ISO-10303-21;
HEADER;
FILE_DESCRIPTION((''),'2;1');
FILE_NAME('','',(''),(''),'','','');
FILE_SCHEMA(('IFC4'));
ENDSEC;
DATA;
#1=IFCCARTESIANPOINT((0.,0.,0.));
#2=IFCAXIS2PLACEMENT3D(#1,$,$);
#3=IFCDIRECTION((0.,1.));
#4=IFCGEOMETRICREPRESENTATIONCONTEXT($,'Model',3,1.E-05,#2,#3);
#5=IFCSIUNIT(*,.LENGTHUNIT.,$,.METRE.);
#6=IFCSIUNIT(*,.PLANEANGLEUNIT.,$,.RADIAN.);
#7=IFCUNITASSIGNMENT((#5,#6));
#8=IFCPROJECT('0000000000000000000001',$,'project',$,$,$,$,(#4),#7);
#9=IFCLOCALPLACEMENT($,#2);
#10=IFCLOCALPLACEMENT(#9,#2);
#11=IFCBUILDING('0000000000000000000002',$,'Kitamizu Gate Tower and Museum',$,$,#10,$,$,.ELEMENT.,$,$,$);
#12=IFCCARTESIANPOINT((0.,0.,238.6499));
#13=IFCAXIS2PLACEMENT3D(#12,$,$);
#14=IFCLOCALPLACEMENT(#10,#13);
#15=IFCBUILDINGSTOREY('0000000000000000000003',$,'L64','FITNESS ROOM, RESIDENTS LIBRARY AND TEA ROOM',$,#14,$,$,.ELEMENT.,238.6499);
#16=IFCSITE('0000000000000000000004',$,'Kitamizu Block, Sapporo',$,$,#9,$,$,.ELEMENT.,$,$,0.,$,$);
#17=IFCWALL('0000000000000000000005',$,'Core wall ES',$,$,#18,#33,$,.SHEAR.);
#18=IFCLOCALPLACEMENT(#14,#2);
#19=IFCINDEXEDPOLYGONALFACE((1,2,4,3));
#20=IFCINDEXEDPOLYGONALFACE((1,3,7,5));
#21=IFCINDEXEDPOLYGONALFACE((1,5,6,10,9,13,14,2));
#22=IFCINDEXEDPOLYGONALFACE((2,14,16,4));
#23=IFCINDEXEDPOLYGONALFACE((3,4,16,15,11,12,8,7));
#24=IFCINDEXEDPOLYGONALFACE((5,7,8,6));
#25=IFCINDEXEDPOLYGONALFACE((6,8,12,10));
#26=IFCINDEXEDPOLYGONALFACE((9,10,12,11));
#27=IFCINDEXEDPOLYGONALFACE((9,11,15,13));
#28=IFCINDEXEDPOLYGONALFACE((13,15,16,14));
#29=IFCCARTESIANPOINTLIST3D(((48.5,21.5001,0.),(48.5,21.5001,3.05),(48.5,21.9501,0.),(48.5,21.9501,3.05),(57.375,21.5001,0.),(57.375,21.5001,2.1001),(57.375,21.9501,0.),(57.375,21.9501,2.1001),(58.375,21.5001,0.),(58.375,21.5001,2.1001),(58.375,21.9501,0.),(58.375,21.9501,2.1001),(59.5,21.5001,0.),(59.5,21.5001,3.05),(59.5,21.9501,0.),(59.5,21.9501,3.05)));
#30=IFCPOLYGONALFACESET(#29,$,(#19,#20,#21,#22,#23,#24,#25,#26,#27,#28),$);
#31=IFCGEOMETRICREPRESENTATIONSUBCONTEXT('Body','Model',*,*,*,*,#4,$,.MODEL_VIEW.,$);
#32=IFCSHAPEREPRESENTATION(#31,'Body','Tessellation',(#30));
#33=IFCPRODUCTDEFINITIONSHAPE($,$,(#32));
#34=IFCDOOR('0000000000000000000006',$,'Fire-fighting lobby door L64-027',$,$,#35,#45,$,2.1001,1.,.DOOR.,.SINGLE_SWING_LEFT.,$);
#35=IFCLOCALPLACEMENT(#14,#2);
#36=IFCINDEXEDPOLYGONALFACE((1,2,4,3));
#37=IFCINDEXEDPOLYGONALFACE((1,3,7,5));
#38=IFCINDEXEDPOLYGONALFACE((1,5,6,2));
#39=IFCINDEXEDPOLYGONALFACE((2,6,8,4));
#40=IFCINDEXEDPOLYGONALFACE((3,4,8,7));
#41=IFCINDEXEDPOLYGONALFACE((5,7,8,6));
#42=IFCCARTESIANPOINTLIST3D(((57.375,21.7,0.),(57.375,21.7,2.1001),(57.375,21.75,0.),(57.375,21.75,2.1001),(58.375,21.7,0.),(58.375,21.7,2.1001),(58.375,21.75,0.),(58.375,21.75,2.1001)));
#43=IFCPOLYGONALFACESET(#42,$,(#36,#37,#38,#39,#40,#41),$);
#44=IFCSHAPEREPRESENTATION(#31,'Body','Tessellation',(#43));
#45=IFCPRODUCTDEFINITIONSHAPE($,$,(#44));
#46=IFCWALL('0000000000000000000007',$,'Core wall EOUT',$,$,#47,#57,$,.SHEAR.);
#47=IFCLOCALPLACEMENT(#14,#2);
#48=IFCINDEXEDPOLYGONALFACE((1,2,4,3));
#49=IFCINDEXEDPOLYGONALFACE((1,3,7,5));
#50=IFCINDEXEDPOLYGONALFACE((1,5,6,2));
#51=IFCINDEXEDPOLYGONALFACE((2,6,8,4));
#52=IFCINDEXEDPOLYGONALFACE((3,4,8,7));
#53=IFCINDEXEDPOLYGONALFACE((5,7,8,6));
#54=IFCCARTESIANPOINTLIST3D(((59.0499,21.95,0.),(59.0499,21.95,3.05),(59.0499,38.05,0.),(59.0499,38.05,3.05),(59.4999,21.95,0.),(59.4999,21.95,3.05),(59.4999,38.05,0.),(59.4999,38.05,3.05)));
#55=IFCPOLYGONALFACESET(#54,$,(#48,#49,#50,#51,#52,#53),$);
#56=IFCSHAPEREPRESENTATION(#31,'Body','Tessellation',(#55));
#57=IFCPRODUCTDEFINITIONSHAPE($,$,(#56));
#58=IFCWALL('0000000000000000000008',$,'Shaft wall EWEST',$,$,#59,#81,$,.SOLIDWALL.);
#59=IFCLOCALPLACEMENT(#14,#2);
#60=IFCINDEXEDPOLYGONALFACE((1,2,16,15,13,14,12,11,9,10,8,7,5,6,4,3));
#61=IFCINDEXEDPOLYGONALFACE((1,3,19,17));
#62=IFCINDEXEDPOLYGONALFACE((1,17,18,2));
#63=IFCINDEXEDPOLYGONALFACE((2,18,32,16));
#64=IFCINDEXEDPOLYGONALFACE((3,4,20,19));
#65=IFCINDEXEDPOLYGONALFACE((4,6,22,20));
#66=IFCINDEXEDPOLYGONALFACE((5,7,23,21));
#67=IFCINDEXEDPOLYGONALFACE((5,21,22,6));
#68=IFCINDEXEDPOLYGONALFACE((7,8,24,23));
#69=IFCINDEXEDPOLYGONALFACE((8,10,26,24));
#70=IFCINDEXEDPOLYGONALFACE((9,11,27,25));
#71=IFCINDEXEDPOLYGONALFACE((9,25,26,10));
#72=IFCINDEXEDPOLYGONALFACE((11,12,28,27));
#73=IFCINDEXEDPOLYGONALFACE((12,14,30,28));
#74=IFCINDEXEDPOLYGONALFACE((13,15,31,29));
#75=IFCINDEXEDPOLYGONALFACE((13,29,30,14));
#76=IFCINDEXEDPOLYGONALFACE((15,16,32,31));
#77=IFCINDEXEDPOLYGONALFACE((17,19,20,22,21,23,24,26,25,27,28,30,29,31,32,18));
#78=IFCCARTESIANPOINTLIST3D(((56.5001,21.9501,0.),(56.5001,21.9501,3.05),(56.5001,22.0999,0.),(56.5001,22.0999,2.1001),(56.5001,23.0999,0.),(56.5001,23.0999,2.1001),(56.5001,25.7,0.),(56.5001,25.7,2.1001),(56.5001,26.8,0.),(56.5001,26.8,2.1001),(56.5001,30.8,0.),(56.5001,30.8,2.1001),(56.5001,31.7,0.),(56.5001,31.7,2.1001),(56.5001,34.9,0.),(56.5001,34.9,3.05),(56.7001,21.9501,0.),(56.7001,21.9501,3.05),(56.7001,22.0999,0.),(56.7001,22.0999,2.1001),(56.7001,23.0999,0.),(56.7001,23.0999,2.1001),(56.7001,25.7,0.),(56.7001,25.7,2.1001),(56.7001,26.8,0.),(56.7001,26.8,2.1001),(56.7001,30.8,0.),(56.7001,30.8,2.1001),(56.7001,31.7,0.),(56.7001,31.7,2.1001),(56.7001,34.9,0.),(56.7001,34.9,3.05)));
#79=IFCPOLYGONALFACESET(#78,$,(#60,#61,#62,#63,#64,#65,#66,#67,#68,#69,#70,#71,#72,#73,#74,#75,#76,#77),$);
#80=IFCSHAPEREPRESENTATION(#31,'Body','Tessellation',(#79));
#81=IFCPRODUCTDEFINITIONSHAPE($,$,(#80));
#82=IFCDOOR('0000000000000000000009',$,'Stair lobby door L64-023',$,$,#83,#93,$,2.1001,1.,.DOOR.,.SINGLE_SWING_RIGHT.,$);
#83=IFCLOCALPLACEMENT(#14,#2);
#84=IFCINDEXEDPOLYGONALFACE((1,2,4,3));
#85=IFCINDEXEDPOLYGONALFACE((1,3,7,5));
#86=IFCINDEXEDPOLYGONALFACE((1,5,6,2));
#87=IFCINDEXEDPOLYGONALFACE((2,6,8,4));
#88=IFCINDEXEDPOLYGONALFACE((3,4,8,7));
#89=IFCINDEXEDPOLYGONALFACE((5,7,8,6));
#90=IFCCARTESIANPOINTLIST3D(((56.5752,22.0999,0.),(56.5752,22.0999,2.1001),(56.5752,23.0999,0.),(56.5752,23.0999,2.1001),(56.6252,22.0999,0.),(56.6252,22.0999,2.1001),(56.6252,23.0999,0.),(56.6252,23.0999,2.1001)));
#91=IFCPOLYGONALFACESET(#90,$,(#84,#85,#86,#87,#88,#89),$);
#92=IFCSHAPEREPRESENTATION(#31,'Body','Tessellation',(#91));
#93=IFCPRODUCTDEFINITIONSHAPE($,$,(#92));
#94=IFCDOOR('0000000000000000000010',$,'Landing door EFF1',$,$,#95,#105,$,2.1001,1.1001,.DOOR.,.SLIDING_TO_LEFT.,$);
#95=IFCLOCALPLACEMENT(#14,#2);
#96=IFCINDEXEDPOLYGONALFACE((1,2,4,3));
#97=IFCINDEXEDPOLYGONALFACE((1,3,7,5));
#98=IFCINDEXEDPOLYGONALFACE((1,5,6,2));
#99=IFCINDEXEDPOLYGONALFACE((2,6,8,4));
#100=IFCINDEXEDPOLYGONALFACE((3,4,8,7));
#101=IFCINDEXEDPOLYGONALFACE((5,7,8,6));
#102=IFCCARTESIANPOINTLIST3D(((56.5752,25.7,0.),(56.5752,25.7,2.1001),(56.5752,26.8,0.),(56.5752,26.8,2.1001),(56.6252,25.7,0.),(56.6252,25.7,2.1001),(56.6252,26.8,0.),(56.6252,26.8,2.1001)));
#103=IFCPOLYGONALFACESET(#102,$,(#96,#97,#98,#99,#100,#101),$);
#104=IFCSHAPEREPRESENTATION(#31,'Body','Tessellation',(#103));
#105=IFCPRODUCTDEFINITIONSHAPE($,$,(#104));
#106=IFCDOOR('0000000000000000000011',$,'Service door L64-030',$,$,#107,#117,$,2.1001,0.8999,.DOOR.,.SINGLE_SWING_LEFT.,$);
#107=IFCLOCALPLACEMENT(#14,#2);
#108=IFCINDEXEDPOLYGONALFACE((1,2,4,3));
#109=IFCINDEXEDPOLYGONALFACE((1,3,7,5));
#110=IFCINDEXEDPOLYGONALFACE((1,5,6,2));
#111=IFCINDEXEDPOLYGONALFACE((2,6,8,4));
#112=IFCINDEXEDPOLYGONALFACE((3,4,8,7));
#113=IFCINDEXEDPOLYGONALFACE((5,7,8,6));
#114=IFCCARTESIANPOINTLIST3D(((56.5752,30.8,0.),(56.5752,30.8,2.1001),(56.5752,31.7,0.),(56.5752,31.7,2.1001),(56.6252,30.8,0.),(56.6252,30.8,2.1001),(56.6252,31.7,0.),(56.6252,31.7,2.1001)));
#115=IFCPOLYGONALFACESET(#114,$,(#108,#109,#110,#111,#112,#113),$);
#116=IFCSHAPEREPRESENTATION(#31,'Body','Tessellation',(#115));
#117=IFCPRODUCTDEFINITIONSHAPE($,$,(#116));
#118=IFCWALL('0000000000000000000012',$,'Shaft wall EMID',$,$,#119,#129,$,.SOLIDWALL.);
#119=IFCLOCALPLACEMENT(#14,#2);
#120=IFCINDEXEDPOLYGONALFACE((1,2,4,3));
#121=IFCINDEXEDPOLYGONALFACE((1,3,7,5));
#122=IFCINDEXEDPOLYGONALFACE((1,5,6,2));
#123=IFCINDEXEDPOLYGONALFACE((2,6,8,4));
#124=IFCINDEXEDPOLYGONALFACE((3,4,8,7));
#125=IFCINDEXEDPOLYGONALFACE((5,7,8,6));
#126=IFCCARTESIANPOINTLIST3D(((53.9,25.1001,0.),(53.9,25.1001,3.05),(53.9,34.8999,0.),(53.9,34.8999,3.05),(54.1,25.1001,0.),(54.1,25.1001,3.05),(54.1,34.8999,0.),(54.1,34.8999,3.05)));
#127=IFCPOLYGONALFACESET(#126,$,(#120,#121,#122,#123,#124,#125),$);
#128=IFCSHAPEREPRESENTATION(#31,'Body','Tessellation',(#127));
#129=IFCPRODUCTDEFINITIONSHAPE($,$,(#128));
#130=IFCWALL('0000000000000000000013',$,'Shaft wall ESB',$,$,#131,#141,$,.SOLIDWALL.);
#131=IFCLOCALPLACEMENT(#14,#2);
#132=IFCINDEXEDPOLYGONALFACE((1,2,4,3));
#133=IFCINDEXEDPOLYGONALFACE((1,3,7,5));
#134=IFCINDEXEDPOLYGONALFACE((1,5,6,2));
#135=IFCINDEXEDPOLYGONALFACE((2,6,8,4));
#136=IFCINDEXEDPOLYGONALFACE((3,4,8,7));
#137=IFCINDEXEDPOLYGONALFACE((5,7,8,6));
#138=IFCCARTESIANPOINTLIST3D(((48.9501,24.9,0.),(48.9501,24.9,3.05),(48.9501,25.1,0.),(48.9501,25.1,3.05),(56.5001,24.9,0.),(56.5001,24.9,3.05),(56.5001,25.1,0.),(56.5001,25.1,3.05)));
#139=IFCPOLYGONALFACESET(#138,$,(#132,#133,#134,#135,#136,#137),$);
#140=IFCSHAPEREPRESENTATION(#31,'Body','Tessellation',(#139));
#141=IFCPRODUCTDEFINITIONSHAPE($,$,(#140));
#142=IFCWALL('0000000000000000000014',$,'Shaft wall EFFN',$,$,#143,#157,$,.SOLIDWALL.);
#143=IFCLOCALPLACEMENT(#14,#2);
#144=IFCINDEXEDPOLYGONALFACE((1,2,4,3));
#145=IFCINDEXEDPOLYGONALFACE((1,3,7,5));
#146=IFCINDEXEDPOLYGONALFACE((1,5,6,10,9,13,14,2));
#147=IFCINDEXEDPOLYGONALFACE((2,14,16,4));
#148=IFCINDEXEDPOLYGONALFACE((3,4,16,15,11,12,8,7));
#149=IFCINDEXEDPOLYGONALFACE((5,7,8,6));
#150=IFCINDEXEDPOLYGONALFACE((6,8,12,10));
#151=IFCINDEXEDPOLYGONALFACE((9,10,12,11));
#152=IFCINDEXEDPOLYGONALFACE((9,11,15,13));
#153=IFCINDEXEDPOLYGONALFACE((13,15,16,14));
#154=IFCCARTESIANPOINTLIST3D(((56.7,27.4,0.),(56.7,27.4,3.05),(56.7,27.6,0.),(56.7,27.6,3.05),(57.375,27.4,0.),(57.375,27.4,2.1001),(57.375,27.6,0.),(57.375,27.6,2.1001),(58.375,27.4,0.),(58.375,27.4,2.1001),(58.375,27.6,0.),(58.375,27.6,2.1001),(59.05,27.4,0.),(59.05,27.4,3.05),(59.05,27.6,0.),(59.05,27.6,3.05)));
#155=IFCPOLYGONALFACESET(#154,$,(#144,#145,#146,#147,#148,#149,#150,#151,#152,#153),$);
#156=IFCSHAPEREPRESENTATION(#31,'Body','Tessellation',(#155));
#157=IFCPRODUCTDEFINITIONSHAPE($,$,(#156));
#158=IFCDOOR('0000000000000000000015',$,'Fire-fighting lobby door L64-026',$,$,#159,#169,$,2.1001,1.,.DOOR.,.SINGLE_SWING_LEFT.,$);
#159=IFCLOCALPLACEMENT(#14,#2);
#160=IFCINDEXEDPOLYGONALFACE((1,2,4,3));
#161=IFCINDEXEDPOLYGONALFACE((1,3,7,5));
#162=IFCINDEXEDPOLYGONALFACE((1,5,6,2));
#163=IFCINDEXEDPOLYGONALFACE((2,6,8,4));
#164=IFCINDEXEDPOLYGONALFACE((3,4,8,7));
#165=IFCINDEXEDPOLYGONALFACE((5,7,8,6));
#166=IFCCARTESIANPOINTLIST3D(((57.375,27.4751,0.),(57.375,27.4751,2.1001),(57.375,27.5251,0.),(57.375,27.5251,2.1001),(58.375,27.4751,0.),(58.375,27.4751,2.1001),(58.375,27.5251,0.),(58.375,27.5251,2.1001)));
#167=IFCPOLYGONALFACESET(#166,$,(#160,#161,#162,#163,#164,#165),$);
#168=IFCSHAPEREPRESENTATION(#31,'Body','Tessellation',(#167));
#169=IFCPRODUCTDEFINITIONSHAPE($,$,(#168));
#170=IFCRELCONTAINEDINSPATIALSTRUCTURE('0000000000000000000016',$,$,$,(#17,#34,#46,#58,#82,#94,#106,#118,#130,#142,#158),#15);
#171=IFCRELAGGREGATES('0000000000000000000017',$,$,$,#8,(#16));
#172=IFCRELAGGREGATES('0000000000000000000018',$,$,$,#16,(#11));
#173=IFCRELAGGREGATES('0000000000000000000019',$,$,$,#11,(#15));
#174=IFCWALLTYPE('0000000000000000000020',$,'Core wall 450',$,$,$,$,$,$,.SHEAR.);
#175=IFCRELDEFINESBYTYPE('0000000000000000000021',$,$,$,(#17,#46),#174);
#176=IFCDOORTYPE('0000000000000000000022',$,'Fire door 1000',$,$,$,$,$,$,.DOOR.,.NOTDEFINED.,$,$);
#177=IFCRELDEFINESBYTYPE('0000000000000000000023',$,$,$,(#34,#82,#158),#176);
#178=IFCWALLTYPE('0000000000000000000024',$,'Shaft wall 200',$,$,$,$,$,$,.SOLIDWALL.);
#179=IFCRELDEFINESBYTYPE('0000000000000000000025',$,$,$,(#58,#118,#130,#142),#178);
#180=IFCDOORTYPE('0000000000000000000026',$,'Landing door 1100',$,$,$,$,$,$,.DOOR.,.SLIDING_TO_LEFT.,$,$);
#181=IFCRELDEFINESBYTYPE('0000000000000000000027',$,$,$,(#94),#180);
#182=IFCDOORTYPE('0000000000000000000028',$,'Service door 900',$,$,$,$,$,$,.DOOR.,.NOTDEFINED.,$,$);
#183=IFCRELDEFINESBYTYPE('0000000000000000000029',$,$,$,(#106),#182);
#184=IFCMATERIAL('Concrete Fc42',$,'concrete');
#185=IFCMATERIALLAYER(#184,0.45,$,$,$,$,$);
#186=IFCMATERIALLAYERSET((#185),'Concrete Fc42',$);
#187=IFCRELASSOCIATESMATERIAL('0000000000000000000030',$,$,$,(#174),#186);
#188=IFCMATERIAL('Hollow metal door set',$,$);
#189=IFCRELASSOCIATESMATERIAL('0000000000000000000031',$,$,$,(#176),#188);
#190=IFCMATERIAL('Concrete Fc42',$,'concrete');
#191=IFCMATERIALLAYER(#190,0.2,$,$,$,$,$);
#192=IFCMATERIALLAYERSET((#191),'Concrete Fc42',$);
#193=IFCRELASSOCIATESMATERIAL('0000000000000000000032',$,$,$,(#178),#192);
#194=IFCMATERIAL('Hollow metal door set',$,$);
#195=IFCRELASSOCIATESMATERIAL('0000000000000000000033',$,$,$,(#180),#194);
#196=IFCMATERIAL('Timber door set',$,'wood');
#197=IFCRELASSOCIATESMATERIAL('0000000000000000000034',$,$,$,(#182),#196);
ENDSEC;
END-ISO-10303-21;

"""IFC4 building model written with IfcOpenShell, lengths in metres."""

from ifc_helpers import new_model, si_unit, direction, frame, frame_2d, origin, place, context, subcontext, project, spatial, rectangle, extrude, material, layer, layer_set, type_object, element, fill, save


model = new_model("IFC4")

# Units and contexts
model_context = context("Model", 3, precision=1e-05, world=origin(), true_north=direction((0.0, 1.0)))
body_context = subcontext(model_context, "Body", "Model", "MODEL_VIEW")
ifc_project = project(units=[si_unit("LENGTHUNIT", "METRE"), si_unit("PLANEANGLEUNIT", "RADIAN")], contexts=[model_context])

# Site, building, storey
site_placement = place(None, origin())
site = spatial("IfcSite", under=ifc_project, at=site_placement, Name="Kitamizu Block, Sapporo", CompositionType="ELEMENT", RefElevation=0.0)
building_placement = place(site_placement, origin())
building = spatial("IfcBuilding", under=site, at=building_placement, Name="Kitamizu Gate Tower and Museum", CompositionType="ELEMENT")
storey_placement = place(building_placement, frame((0.0, 0.0, 238.6499)))
storey = spatial("IfcBuildingStorey", under=building, at=storey_placement, Name="L64", Description="FITNESS ROOM, RESIDENTS LIBRARY AND TEA ROOM", CompositionType="ELEMENT", Elevation=238.6499)

# Wall, opening, door
ifc_material_1 = material(Name="Concrete Fc42", Category="concrete")
ifc_layer_1 = layer(ifc_material_1, 0.45)
ifc_layer_set_1 = layer_set([ifc_layer_1], Name="Concrete Fc42")
wall_type_1 = type_object("IfcWallType", Name="Core wall 450", PredefinedType="SHEAR", material=ifc_layer_set_1)
wall_1_placement = place(storey_placement, frame((59.5, 21.7251, 0.0), z_axis=(0.0, 0.0, 1.0), x_axis=(-1.0, 0.0, 0.0)))
wall_1 = element("IfcWall", 1, at=wall_1_placement, inside=storey, type_object=wall_type_1, Name="Core wall ES", PredefinedType="SHEAR", context=body_context, shape_type="SweptSolid", body=[
    extrude(rectangle(XDim=11.0, YDim=0.45, at=frame_2d((5.5, 0.0))), origin(), (0.0, 0.0, 1.0), 3.05),
])
opening_1_placement = place(wall_1_placement, frame((1.125, 0.0, 0.0)))
opening_1 = element("IfcOpeningElement", 2, at=opening_1_placement, cuts=wall_1, PredefinedType="OPENING", context=body_context, shape_type="SweptSolid", body=[
    extrude(rectangle(XDim=1.0, YDim=2.1001, at=frame_2d((0.5, 1.05))), frame((0.0, 0.2349, 0.0), z_axis=(0.0, -1.0, 0.0), x_axis=(1.0, 0.0, 0.0)), (0.0, 0.0, 1.0), 0.47),
])
ifc_material_2 = material(Name="Hollow metal door set")
door_type_1 = type_object("IfcDoorType", Name="Fire door 1000", OperationType="NOTDEFINED", PredefinedType="DOOR", material=ifc_material_2)
door_1_placement = place(opening_1_placement, frame((1.0, 0.0, 0.0), x_axis=(-1.0, 0.0, 0.0)))
door_1 = element("IfcDoor", 3, at=door_1_placement, inside=storey, type_object=door_type_1, Name="Fire-fighting lobby door L64-027", OperationType="SINGLE_SWING_LEFT", OverallHeight=2.1001, OverallWidth=1.0, PredefinedType="DOOR", context=body_context, shape_type="SweptSolid", body=[
    extrude(rectangle(XDim=1.0, YDim=2.1001, at=frame_2d((0.5, 1.05))), frame((0.0, 0.0249, 0.0), z_axis=(0.0, -1.0, 0.0), x_axis=(1.0, 0.0, 0.0)), (0.0, 0.0, 1.0), 0.05),
])
fill(opening_1, door_1)

# Wall
wall_2_placement = place(storey_placement, frame((59.2749, 21.95, 0.0), z_axis=(0.0, 0.0, 1.0), x_axis=(0.0, 1.0, 0.0)))
element("IfcWall", 4, at=wall_2_placement, inside=storey, type_object=wall_type_1, Name="Core wall EOUT", PredefinedType="SHEAR", context=body_context, shape_type="SweptSolid", body=[
    extrude(rectangle(XDim=16.1001, YDim=0.45, at=frame_2d((8.05, 0.0))), origin(), (0.0, 0.0, 1.0), 3.05),
])

# Wall, openings, doors
ifc_material_3 = material(Name="Concrete Fc42", Category="concrete")
ifc_layer_2 = layer(ifc_material_3, 0.2)
ifc_layer_set_2 = layer_set([ifc_layer_2], Name="Concrete Fc42")
wall_type_2 = type_object("IfcWallType", Name="Shaft wall 200", PredefinedType="SOLIDWALL", material=ifc_layer_set_2)
wall_3_placement = place(storey_placement, frame((56.6001, 21.95, 0.0), z_axis=(0.0, 0.0, 1.0), x_axis=(0.0, 1.0, 0.0)))
wall_3 = element("IfcWall", 5, at=wall_3_placement, inside=storey, type_object=wall_type_2, Name="Shaft wall EWEST", PredefinedType="SOLIDWALL", context=body_context, shape_type="SweptSolid", body=[
    extrude(rectangle(XDim=12.95, YDim=0.2, at=frame_2d((6.4751, 0.0))), origin(), (0.0, 0.0, 1.0), 3.05),
])
opening_2_placement = place(wall_3_placement, frame((3.75, 0.0, 0.0)))
opening_2 = element("IfcOpeningElement", 6, at=opening_2_placement, cuts=wall_3, PredefinedType="OPENING", context=body_context, shape_type="SweptSolid", body=[
    extrude(rectangle(XDim=1.1001, YDim=2.1001, at=frame_2d((0.55, 1.05))), frame((0.0, 0.1099, 0.0), z_axis=(0.0, -1.0, 0.0), x_axis=(1.0, 0.0, 0.0)), (0.0, 0.0, 1.0), 0.22),
])
opening_3_placement = place(wall_3_placement, frame((0.1499, 0.0, 0.0)))
opening_3 = element("IfcOpeningElement", 7, at=opening_3_placement, cuts=wall_3, PredefinedType="OPENING", context=body_context, shape_type="SweptSolid", body=[
    extrude(rectangle(XDim=1.0, YDim=2.1001, at=frame_2d((0.5, 1.05))), frame((0.0, 0.1099, 0.0), z_axis=(0.0, -1.0, 0.0), x_axis=(1.0, 0.0, 0.0)), (0.0, 0.0, 1.0), 0.22),
])
opening_4_placement = place(wall_3_placement, frame((8.8501, 0.0, 0.0)))
opening_4 = element("IfcOpeningElement", 8, at=opening_4_placement, cuts=wall_3, PredefinedType="OPENING", context=body_context, shape_type="SweptSolid", body=[
    extrude(rectangle(XDim=0.8999, YDim=2.1001, at=frame_2d((0.45, 1.05))), frame((0.0, 0.1099, 0.0), z_axis=(0.0, -1.0, 0.0), x_axis=(1.0, 0.0, 0.0)), (0.0, 0.0, 1.0), 0.22),
])
door_2_placement = place(opening_3_placement, origin())
door_2 = element("IfcDoor", 9, at=door_2_placement, inside=storey, type_object=door_type_1, Name="Stair lobby door L64-023", OperationType="SINGLE_SWING_RIGHT", OverallHeight=2.1001, OverallWidth=1.0, PredefinedType="DOOR", context=body_context, shape_type="SweptSolid", body=[
    extrude(rectangle(XDim=1.0, YDim=2.1001, at=frame_2d((0.5, 1.05))), frame((0.0, 0.0249, 0.0), z_axis=(0.0, -1.0, 0.0), x_axis=(1.0, 0.0, 0.0)), (0.0, 0.0, 1.0), 0.05),
])
fill(opening_3, door_2)
ifc_material_4 = material(Name="Hollow metal door set")
door_type_2 = type_object("IfcDoorType", Name="Landing door 1100", OperationType="SLIDING_TO_LEFT", PredefinedType="DOOR", material=ifc_material_4)
door_3_placement = place(opening_2_placement, origin())
door_3 = element("IfcDoor", 10, at=door_3_placement, inside=storey, type_object=door_type_2, Name="Landing door EFF1", OperationType="SLIDING_TO_LEFT", OverallHeight=2.1001, OverallWidth=1.1001, PredefinedType="DOOR", context=body_context, shape_type="SweptSolid", body=[
    extrude(rectangle(XDim=1.1001, YDim=2.1001, at=frame_2d((0.55, 1.05))), frame((0.0, 0.0249, 0.0), z_axis=(0.0, -1.0, 0.0), x_axis=(1.0, 0.0, 0.0)), (0.0, 0.0, 1.0), 0.05),
])
fill(opening_2, door_3)
ifc_material_5 = material(Name="Timber door set", Category="wood")
door_type_3 = type_object("IfcDoorType", Name="Service door 900", OperationType="NOTDEFINED", PredefinedType="DOOR", material=ifc_material_5)
door_4_placement = place(opening_4_placement, origin())
door_4 = element("IfcDoor", 11, at=door_4_placement, inside=storey, type_object=door_type_3, Name="Service door L64-030", OperationType="SINGLE_SWING_LEFT", OverallHeight=2.1001, OverallWidth=0.8999, PredefinedType="DOOR", context=body_context, shape_type="SweptSolid", body=[
    extrude(rectangle(XDim=0.8999, YDim=2.1001, at=frame_2d((0.45, 1.05))), frame((0.0, 0.0249, 0.0), z_axis=(0.0, -1.0, 0.0), x_axis=(1.0, 0.0, 0.0)), (0.0, 0.0, 1.0), 0.05),
])
fill(opening_4, door_4)

# Walls
wall_4_placement = place(storey_placement, frame((54.0, 25.1001, 0.0), z_axis=(0.0, 0.0, 1.0), x_axis=(0.0, 1.0, 0.0)))
element("IfcWall", 12, at=wall_4_placement, inside=storey, type_object=wall_type_2, Name="Shaft wall EMID", PredefinedType="SOLIDWALL", context=body_context, shape_type="SweptSolid", body=[
    extrude(rectangle(XDim=9.7998, YDim=0.2, at=frame_2d((4.8999, 0.0))), origin(), (0.0, 0.0, 1.0), 3.05),
])
wall_5_placement = place(storey_placement, frame((56.5, 25.0, 0.0), z_axis=(0.0, 0.0, 1.0), x_axis=(-1.0, 0.0, 0.0)))
element("IfcWall", 13, at=wall_5_placement, inside=storey, type_object=wall_type_2, Name="Shaft wall ESB", PredefinedType="SOLIDWALL", context=body_context, shape_type="SweptSolid", body=[
    extrude(rectangle(XDim=7.55, YDim=0.2, at=frame_2d((3.7749, 0.0))), origin(), (0.0, 0.0, 1.0), 3.05),
])

# Wall, opening, door
wall_6_placement = place(storey_placement, frame((59.05, 27.5, 0.0), z_axis=(0.0, 0.0, 1.0), x_axis=(-1.0, 0.0, 0.0)))
wall_6 = element("IfcWall", 14, at=wall_6_placement, inside=storey, type_object=wall_type_2, Name="Shaft wall EFFN", PredefinedType="SOLIDWALL", context=body_context, shape_type="SweptSolid", body=[
    extrude(rectangle(XDim=2.3501, YDim=0.2, at=frame_2d((1.175, 0.0))), origin(), (0.0, 0.0, 1.0), 3.05),
])
opening_5_placement = place(wall_6_placement, frame((0.675, 0.0, 0.0)))
opening_5 = element("IfcOpeningElement", 15, at=opening_5_placement, cuts=wall_6, PredefinedType="OPENING", context=body_context, shape_type="SweptSolid", body=[
    extrude(rectangle(XDim=1.0, YDim=2.1001, at=frame_2d((0.5, 1.05))), frame((0.0, 0.1099, 0.0), z_axis=(0.0, -1.0, 0.0), x_axis=(1.0, 0.0, 0.0)), (0.0, 0.0, 1.0), 0.22),
])
door_5_placement = place(opening_5_placement, origin())
door_5 = element("IfcDoor", 16, at=door_5_placement, inside=storey, type_object=door_type_1, Name="Fire-fighting lobby door L64-026", OperationType="SINGLE_SWING_LEFT", OverallHeight=2.1001, OverallWidth=1.0, PredefinedType="DOOR", context=body_context, shape_type="SweptSolid", body=[
    extrude(rectangle(XDim=1.0, YDim=2.1001, at=frame_2d((0.5, 1.05))), frame((0.0, 0.0249, 0.0), z_axis=(0.0, -1.0, 0.0), x_axis=(1.0, 0.0, 0.0)), (0.0, 0.0, 1.0), 0.05),
])
fill(opening_5, door_5)

save(model, "model.ifc")
